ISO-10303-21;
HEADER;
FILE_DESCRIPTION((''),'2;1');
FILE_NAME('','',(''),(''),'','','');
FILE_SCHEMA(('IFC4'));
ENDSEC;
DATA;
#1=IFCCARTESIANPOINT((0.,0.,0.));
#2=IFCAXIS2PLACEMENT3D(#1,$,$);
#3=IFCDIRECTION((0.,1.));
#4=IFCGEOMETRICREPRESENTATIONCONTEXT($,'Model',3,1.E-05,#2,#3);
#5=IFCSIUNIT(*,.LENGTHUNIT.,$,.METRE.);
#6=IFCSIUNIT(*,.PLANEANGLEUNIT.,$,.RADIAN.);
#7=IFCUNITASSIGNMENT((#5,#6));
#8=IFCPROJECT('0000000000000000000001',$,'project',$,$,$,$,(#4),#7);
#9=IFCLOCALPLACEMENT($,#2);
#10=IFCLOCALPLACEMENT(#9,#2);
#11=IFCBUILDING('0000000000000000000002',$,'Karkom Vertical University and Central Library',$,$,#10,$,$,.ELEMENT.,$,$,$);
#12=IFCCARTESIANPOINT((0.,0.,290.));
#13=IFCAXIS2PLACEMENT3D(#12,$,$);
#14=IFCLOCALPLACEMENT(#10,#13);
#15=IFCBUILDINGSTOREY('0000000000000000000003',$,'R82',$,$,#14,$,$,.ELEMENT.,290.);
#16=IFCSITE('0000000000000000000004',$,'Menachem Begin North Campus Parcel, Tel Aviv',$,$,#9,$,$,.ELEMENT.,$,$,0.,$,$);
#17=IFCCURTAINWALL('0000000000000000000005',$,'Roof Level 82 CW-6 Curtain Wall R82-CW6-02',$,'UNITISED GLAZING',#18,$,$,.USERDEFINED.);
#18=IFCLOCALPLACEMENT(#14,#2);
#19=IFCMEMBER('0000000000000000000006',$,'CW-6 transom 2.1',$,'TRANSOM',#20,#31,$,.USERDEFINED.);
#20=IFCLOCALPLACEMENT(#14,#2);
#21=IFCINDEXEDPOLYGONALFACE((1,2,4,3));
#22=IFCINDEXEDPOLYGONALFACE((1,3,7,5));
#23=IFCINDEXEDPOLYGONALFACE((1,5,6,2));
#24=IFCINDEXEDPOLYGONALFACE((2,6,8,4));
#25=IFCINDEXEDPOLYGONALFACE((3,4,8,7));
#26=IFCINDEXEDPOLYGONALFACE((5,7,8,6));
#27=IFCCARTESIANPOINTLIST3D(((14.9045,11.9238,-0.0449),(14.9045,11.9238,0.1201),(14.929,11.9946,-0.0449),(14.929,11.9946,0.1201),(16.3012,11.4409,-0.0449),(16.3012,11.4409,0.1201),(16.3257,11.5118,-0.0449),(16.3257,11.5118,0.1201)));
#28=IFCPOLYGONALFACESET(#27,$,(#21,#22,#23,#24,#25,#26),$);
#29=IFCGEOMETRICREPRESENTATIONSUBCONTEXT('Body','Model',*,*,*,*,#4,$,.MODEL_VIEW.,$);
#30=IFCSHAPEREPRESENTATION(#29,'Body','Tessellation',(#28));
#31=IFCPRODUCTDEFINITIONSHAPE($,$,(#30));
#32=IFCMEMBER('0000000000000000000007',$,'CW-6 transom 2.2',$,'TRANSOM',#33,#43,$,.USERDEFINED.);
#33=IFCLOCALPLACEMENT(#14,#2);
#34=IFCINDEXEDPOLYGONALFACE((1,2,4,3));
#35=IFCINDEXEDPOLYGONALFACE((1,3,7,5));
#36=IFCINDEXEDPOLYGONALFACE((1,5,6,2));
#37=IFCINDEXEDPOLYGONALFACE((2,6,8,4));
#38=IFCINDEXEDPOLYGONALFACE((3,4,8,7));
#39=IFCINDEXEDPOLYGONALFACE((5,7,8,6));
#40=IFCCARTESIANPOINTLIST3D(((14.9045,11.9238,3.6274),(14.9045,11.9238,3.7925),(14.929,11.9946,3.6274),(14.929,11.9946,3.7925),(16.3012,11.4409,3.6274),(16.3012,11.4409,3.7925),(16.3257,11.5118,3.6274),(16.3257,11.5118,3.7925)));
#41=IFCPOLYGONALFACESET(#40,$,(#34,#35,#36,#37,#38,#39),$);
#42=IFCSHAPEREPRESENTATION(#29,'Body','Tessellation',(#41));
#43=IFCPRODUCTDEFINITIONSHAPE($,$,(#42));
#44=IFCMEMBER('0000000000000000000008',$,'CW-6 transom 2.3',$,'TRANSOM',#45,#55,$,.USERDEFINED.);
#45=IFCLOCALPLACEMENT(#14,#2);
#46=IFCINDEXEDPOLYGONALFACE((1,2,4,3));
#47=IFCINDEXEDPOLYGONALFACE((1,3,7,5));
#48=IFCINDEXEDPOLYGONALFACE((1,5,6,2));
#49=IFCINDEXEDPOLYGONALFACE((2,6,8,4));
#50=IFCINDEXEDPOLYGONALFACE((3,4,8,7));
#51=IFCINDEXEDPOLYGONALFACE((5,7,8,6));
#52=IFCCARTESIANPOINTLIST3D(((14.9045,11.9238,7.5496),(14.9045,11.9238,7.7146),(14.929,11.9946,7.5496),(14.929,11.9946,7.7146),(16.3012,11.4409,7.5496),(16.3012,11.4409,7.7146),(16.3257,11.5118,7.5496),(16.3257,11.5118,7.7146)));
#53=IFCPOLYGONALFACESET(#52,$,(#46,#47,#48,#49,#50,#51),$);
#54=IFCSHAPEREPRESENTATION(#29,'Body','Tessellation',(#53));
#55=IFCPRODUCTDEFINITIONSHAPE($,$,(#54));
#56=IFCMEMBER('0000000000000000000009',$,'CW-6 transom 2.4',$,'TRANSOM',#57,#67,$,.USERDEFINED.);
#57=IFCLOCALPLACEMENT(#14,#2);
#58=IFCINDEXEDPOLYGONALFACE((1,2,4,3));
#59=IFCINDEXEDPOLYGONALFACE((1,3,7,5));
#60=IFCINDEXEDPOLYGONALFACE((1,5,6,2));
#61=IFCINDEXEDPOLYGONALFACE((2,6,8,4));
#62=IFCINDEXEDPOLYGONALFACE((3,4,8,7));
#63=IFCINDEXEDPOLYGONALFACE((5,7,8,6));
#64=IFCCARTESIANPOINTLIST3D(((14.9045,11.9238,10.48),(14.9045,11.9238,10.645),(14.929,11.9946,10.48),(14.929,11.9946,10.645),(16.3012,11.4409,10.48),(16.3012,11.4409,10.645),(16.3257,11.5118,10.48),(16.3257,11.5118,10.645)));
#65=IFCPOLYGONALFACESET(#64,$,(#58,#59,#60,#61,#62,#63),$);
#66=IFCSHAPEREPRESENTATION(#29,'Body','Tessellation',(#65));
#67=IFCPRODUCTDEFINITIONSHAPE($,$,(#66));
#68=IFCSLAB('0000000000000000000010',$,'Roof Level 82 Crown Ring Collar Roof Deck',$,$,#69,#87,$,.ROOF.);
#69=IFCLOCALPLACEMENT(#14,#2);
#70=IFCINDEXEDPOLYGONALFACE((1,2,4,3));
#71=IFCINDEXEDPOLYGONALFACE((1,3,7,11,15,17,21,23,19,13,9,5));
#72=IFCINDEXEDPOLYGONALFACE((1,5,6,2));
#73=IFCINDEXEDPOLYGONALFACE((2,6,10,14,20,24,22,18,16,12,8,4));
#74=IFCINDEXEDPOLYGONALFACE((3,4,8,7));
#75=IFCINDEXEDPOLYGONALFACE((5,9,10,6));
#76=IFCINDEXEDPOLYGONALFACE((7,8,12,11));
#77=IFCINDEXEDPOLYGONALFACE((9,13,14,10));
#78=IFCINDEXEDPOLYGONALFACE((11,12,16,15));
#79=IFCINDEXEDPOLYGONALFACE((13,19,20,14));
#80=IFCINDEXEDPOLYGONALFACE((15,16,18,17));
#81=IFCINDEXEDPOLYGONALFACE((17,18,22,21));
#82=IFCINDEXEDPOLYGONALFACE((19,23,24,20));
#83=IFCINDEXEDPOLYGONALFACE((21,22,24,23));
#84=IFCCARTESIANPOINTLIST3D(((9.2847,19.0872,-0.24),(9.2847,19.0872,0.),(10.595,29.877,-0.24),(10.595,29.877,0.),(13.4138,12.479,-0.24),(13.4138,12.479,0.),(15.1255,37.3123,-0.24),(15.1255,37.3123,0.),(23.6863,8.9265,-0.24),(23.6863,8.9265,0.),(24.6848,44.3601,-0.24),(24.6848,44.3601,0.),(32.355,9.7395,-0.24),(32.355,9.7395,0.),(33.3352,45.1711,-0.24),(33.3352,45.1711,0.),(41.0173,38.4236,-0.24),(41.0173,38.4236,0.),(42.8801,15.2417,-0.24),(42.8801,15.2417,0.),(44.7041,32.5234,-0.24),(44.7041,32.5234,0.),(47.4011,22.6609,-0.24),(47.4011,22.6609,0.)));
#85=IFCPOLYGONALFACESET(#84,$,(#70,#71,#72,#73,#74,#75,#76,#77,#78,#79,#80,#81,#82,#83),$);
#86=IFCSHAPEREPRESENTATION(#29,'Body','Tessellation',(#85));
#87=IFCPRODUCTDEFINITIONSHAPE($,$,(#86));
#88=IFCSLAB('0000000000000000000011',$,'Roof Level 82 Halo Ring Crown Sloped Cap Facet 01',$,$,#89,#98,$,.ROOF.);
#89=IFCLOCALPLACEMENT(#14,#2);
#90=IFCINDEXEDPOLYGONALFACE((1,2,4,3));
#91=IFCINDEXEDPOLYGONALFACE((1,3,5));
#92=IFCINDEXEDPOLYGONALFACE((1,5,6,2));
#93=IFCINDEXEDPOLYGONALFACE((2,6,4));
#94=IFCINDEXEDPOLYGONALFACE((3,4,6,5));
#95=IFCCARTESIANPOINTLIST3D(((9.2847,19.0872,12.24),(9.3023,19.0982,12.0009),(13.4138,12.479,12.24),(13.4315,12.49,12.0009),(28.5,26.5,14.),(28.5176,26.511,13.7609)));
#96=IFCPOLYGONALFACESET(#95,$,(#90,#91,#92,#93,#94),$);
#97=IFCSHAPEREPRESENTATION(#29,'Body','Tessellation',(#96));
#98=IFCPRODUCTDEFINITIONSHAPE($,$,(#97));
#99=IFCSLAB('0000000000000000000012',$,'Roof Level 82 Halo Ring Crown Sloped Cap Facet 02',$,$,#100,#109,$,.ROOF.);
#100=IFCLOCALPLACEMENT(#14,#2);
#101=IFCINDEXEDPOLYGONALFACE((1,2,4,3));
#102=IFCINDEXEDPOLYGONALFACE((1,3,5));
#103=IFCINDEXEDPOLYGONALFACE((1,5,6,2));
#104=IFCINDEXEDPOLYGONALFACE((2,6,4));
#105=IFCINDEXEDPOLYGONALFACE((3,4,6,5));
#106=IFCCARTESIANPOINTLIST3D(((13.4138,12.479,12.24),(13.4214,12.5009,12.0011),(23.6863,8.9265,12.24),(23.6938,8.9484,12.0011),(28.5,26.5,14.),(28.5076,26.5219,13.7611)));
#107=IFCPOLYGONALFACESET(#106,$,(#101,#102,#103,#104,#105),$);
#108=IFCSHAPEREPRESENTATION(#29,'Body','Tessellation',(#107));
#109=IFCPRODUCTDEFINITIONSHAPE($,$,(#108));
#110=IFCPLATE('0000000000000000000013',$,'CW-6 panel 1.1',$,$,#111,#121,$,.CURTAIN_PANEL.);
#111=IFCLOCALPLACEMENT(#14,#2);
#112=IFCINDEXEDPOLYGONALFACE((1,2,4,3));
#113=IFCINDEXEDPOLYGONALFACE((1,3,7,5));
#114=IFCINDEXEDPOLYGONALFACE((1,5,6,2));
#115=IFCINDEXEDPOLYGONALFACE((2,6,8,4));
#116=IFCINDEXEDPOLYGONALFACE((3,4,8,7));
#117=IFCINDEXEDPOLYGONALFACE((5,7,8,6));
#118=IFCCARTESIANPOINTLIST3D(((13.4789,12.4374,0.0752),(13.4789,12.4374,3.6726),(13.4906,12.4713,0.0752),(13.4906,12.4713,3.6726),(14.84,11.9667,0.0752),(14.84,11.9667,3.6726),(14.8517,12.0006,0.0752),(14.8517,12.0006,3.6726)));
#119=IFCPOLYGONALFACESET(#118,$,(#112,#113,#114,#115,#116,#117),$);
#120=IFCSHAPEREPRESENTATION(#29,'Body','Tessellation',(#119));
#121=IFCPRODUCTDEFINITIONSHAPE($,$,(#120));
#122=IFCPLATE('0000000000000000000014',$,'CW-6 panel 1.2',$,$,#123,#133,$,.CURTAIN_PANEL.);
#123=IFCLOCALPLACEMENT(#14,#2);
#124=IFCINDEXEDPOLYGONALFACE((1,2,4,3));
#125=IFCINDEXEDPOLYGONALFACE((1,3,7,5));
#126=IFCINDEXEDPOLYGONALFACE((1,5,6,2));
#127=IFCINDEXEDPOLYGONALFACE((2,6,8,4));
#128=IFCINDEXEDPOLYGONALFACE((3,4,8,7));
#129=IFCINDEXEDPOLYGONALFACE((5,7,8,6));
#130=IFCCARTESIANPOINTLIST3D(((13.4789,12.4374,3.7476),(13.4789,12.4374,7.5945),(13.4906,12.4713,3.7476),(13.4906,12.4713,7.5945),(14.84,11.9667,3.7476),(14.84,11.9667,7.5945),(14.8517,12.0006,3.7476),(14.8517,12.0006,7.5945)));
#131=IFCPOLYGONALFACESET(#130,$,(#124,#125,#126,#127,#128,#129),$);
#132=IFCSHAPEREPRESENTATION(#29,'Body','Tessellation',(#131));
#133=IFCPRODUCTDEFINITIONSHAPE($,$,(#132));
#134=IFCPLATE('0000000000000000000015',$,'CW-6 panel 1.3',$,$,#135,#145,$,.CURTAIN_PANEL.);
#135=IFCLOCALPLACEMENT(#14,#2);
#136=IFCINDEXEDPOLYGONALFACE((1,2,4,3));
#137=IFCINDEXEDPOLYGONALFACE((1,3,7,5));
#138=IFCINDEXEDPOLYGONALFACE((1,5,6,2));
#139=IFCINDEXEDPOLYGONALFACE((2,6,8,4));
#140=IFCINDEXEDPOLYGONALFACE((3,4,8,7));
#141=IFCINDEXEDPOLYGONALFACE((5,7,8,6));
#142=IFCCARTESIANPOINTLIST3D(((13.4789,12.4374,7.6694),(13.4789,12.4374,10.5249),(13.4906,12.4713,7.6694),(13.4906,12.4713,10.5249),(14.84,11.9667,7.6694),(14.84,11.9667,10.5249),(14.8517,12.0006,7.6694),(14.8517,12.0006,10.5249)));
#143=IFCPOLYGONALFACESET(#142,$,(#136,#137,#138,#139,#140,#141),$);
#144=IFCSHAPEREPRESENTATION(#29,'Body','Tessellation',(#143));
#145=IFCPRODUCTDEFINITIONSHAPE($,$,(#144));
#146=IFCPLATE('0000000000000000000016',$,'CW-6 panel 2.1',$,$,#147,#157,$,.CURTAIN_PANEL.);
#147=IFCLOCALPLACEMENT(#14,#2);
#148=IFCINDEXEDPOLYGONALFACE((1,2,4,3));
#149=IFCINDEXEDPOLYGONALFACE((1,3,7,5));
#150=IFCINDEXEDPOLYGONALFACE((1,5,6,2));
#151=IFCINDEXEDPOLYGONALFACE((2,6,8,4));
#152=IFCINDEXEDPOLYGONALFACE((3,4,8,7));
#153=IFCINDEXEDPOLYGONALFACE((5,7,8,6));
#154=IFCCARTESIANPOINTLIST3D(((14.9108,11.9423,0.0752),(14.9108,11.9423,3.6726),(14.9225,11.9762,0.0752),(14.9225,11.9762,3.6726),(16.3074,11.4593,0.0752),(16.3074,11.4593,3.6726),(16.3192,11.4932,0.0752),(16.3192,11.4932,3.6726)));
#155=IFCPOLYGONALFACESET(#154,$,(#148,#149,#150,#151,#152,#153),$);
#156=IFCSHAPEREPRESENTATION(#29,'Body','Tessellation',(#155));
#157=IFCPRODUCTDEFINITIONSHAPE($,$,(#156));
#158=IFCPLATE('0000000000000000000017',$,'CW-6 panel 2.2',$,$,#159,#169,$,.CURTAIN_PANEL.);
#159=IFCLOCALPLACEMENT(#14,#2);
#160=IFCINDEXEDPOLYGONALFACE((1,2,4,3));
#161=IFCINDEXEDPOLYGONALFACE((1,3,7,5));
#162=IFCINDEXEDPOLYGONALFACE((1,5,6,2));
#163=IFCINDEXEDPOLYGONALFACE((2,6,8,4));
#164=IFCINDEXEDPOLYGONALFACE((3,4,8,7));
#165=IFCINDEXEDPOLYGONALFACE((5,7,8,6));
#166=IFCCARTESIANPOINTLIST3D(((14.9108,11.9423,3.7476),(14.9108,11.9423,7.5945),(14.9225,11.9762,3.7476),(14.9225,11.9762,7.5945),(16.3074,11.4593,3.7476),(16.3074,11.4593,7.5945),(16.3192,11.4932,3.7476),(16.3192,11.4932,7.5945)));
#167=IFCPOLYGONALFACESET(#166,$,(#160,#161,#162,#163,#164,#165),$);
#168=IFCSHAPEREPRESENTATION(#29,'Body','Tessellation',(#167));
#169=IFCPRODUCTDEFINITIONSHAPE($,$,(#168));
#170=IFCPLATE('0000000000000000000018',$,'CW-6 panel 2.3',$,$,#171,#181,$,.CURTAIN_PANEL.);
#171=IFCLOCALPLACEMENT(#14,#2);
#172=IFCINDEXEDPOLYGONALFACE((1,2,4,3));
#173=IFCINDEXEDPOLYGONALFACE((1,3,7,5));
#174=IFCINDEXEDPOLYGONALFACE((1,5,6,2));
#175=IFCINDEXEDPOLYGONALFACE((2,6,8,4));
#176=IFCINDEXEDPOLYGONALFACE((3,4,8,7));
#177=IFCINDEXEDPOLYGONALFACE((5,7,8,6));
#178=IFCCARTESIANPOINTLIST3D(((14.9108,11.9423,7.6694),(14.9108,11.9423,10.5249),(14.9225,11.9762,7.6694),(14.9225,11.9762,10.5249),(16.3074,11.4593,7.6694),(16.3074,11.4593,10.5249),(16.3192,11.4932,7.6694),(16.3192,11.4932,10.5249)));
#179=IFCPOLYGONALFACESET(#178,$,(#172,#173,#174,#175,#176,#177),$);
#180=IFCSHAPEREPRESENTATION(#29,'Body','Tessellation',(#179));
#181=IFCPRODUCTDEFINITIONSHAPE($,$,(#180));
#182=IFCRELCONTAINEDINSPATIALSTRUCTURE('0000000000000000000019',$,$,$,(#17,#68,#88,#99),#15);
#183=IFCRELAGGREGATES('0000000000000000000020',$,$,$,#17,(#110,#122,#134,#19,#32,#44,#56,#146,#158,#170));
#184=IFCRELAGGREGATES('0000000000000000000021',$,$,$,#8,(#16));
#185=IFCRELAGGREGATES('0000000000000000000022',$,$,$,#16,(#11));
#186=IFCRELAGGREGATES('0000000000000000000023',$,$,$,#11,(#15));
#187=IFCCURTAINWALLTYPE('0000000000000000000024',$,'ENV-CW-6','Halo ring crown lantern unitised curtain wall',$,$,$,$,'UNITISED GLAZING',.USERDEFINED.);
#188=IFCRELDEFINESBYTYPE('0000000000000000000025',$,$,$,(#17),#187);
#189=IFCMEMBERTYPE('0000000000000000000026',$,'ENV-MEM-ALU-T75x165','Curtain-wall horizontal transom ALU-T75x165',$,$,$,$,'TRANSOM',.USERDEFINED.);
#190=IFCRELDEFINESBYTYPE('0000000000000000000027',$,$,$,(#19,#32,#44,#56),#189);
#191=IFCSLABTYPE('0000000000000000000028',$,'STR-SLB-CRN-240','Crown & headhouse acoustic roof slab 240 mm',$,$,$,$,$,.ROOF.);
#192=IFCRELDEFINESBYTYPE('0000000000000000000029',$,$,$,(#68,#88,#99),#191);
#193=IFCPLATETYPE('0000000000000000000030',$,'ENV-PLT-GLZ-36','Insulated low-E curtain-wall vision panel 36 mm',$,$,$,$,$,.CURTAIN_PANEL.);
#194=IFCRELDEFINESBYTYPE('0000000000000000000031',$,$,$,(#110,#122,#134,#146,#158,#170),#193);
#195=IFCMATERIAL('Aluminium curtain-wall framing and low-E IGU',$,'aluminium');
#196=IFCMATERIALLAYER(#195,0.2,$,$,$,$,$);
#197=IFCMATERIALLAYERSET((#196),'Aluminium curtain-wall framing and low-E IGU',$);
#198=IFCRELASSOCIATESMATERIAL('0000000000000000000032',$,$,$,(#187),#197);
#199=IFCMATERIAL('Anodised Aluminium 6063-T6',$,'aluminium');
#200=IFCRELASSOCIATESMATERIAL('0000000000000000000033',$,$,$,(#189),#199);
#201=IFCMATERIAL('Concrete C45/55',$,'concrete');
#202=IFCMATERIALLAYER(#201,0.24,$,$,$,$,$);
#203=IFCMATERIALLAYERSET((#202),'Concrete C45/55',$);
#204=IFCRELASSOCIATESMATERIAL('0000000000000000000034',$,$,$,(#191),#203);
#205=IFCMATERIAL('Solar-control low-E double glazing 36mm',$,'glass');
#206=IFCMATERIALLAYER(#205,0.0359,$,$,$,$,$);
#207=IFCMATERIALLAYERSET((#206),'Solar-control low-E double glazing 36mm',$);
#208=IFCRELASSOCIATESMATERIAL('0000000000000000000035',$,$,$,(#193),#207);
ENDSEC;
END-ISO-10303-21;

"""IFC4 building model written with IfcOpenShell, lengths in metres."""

from ifc_helpers import new_model, si_unit, direction, frame, origin, origin_with_axes, origin_2d, place, context, subcontext, project, spatial, polyline, rectangle, outline, extrude, source, transform, mapped, material, layer, layer_set, material_profile, profile_set, type_object, element, aggregate, save


model = new_model("IFC4")

# Units and contexts
model_context = context("Model", 3, precision=1e-05, world=origin(), true_north=direction((0.0, 1.0)))
body_context = subcontext(model_context, "Body", "Model", "MODEL_VIEW")
ifc_project = project(units=[si_unit("LENGTHUNIT", "METRE"), si_unit("PLANEANGLEUNIT", "RADIAN")], contexts=[model_context])

# Site, building, storey
site_placement = place(None, origin())
site = spatial("IfcSite", under=ifc_project, at=site_placement, Name="Menachem Begin North Campus Parcel, Tel Aviv", CompositionType="ELEMENT", RefElevation=0.0)
building_placement = place(site_placement, origin())
building = spatial("IfcBuilding", under=site, at=building_placement, Name="Karkom Vertical University and Central Library", CompositionType="ELEMENT")
storey_placement = place(building_placement, frame((0.0, 0.0, 290.0)))
storey = spatial("IfcBuildingStorey", under=building, at=storey_placement, Name="R82", CompositionType="ELEMENT", Elevation=290.0)

# Shared definitions
ifc_material_1 = material(Name="Concrete C45/55", Category="concrete")

# Curtain wall, members
ifc_material_2 = material(Name="Aluminium curtain-wall framing and low-E IGU", Category="aluminium")
ifc_layer_1 = layer(ifc_material_2, 0.2)
ifc_layer_set_1 = layer_set([ifc_layer_1], Name="Aluminium curtain-wall framing and low-E IGU")
curtain_wall_type = type_object("IfcCurtainWallType", Name="ENV-CW-6", Description="Halo ring crown lantern unitised curtain wall", ElementType="UNITISED GLAZING", PredefinedType="USERDEFINED", material=ifc_layer_set_1)
curtain_wall_placement = place(storey_placement, origin())
curtain_wall = element("IfcCurtainWall", 1, at=curtain_wall_placement, inside=storey, type_object=curtain_wall_type, Name="Roof Level 82 CW-6 Curtain Wall R82-CW6-02", ObjectType="UNITISED GLAZING", PredefinedType="USERDEFINED")
ifc_material_3 = material(Name="Anodised Aluminium 6063-T6", Category="aluminium")
ifc_material_profile_1 = material_profile(ifc_material_3, rectangle(XDim=0.075, YDim=0.165, at=origin_2d()), Name="ALU-T75x165")
ifc_profile_set_1 = profile_set([ifc_material_profile_1], Name="Anodised Aluminium 6063-T6")
member_type_1 = type_object("IfcMemberType", Name="ENV-MEM-ALU-T75x165", Description="Curtain-wall horizontal transom ALU-T75x165", ElementType="TRANSOM", PredefinedType="USERDEFINED", material=ifc_profile_set_1)
shared_shape_1 = source(origin_with_axes(), body_context, "Body", "SweptSolid", [
    extrude(rectangle(XDim=0.075, YDim=0.165, at=origin_2d()), origin(), (0.0, 0.0, 1.0), 1.4778),
])
member_1_placement = place(storey_placement, frame((14.9167, 11.9592, 0.0376), z_axis=(0.945106, -0.326764, 0.0), x_axis=(0.326764, 0.945106, 0.0)))
member_1 = element("IfcMember", 2, at=member_1_placement, type_object=member_type_1, Name="CW-6 transom 2.1", ObjectType="TRANSOM", PredefinedType="USERDEFINED", context=body_context, shape_type="MappedRepresentation", body=[
    mapped(shared_shape_1, transform((0.0, 0.0, 0.0), scale=1.0)),
])
member_2_placement = place(storey_placement, frame((14.9167, 11.9592, 3.71), z_axis=(0.945106, -0.326764, 0.0), x_axis=(0.326764, 0.945106, 0.0)))
member_2 = element("IfcMember", 3, at=member_2_placement, type_object=member_type_1, Name="CW-6 transom 2.2", ObjectType="TRANSOM", PredefinedType="USERDEFINED", context=body_context, shape_type="MappedRepresentation", body=[
    mapped(shared_shape_1, transform((0.0, 0.0, 0.0), scale=1.0)),
])
member_3_placement = place(storey_placement, frame((14.9167, 11.9592, 7.6321), z_axis=(0.945106, -0.326764, 0.0), x_axis=(0.326764, 0.945106, 0.0)))
member_3 = element("IfcMember", 4, at=member_3_placement, type_object=member_type_1, Name="CW-6 transom 2.3", ObjectType="TRANSOM", PredefinedType="USERDEFINED", context=body_context, shape_type="MappedRepresentation", body=[
    mapped(shared_shape_1, transform((0.0, 0.0, 0.0), scale=1.0)),
])
member_4_placement = place(storey_placement, frame((14.9167, 11.9592, 10.5625), z_axis=(0.945106, -0.326764, 0.0), x_axis=(0.326764, 0.945106, 0.0)))
member_4 = element("IfcMember", 5, at=member_4_placement, type_object=member_type_1, Name="CW-6 transom 2.4", ObjectType="TRANSOM", PredefinedType="USERDEFINED", context=body_context, shape_type="MappedRepresentation", body=[
    mapped(shared_shape_1, transform((0.0, 0.0, 0.0), scale=1.0)),
])

# Slabs
ifc_layer_2 = layer(ifc_material_1, 0.24)
ifc_layer_set_2 = layer_set([ifc_layer_2], Name="Concrete C45/55")
slab_type = type_object("IfcSlabType", Name="STR-SLB-CRN-240", Description="Crown & headhouse acoustic roof slab 240 mm", PredefinedType="ROOF", material=ifc_layer_set_2)
slab_1_placement = place(storey_placement, frame((0.0, 0.0, -0.24)))
element("IfcSlab", 6, at=slab_1_placement, inside=storey, type_object=slab_type, Name="Roof Level 82 Crown Ring Collar Roof Deck", PredefinedType="ROOF", context=body_context, shape_type="SweptSolid", body=[
    extrude(outline(polyline([(9.2847, 19.0872), (13.4138, 12.479), (23.6863, 8.9265), (32.355, 9.7395), (42.8801, 15.2417), (47.4011, 22.6609), (44.7041, 32.5234), (41.0173, 38.4236), (33.3352, 45.1711), (24.6848, 44.3601), (15.1255, 37.3123), (10.595, 29.877), (9.2847, 19.0872)])), origin(), (0.0, 0.0, 1.0), 0.24),
])
slab_2_placement = place(storey_placement, frame((9.2847, 19.0872, 12.24), z_axis=(-0.073525, -0.045943, 0.996235), x_axis=(0.529912, -0.848053, 0.0)))
element("IfcSlab", 7, at=slab_2_placement, inside=storey, type_object=slab_type, Name="Roof Level 82 Halo Ring Crown Sloped Cap Facet 01", PredefinedType="ROOF", context=body_context, shape_type="SweptSolid", body=[
    extrude(outline(polyline([(0.0, 0.0), (7.7921, 0.0), (3.8959, 20.3002), (0.0, 0.0)])), origin(), (0.0, 0.0, -1.0), 0.24),
])
slab_3_placement = place(storey_placement, frame((13.4138, 12.479, 12.24), z_axis=(-0.031491, -0.09106, 0.995347), x_axis=(0.945082, -0.326834, 0.0)))
element("IfcSlab", 8, at=slab_3_placement, inside=storey, type_object=slab_type, Name="Roof Level 82 Halo Ring Crown Sloped Cap Facet 02", PredefinedType="ROOF", context=body_context, shape_type="SweptSolid", body=[
    extrude(outline(polyline([(0.0, 0.0), (10.8694, 0.0), (9.6751, 18.2667), (0.0, 0.0)])), origin(), (0.0, 0.0, -1.0), 0.24),
])

# Plates
ifc_material_4 = material(Name="Solar-control low-E double glazing 36mm", Category="glass")
ifc_layer_3 = layer(ifc_material_4, 0.0359)
ifc_layer_set_3 = layer_set([ifc_layer_3], Name="Solar-control low-E double glazing 36mm")
plate_type = type_object("IfcPlateType", Name="ENV-PLT-GLZ-36", Description="Insulated low-E curtain-wall vision panel 36 mm", PredefinedType="CURTAIN_PANEL", material=ifc_layer_set_3)
shared_shape_2 = source(origin_with_axes(), body_context, "Body", "SweptSolid", [
    extrude(rectangle(XDim=1.4402, YDim=0.0359, at=origin_2d()), origin(), (0.0, 0.0, 1.0), 3.5974),
])
plate_1_placement = place(storey_placement, frame((14.1653, 12.219, 0.0752), z_axis=(0.0, 0.0, 1.0), x_axis=(0.945085, -0.326823, 0.0)))
plate_1 = element("IfcPlate", 9, at=plate_1_placement, type_object=plate_type, Name="CW-6 panel 1.1", PredefinedType="CURTAIN_PANEL", context=body_context, shape_type="MappedRepresentation", body=[
    mapped(shared_shape_2, transform((0.0, 0.0, 0.0), scale=1.0)),
])
shared_shape_3 = source(origin_with_axes(), body_context, "Body", "SweptSolid", [
    extrude(rectangle(XDim=1.4402, YDim=0.0359, at=origin_2d()), origin(), (0.0, 0.0, 1.0), 3.8469),
])
plate_2_placement = place(storey_placement, frame((14.1653, 12.219, 3.7476), z_axis=(0.0, 0.0, 1.0), x_axis=(0.945085, -0.326823, 0.0)))
plate_2 = element("IfcPlate", 10, at=plate_2_placement, type_object=plate_type, Name="CW-6 panel 1.2", PredefinedType="CURTAIN_PANEL", context=body_context, shape_type="MappedRepresentation", body=[
    mapped(shared_shape_3, transform((0.0, 0.0, 0.0), scale=1.0)),
])
shared_shape_4 = source(origin_with_axes(), body_context, "Body", "SweptSolid", [
    extrude(rectangle(XDim=1.4402, YDim=0.0359, at=origin_2d()), origin(), (0.0, 0.0, 1.0), 2.8555),
])
plate_3_placement = place(storey_placement, frame((14.1653, 12.219, 7.6694), z_axis=(0.0, 0.0, 1.0), x_axis=(0.945085, -0.326823, 0.0)))
plate_3 = element("IfcPlate", 11, at=plate_3_placement, type_object=plate_type, Name="CW-6 panel 1.3", PredefinedType="CURTAIN_PANEL", context=body_context, shape_type="MappedRepresentation", body=[
    mapped(shared_shape_4, transform((0.0, 0.0, 0.0), scale=1.0)),
])
shared_shape_5 = source(origin_with_axes(), body_context, "Body", "SweptSolid", [
    extrude(rectangle(XDim=1.4778, YDim=0.0359, at=origin_2d()), origin(), (0.0, 0.0, 1.0), 3.5974),
])
plate_4_placement = place(storey_placement, frame((15.615, 11.7178, 0.0752), z_axis=(0.0, 0.0, 1.0), x_axis=(0.945085, -0.326823, 0.0)))
plate_4 = element("IfcPlate", 12, at=plate_4_placement, type_object=plate_type, Name="CW-6 panel 2.1", PredefinedType="CURTAIN_PANEL", context=body_context, shape_type="MappedRepresentation", body=[
    mapped(shared_shape_5, transform((0.0, 0.0, 0.0), scale=1.0)),
])
shared_shape_6 = source(origin_with_axes(), body_context, "Body", "SweptSolid", [
    extrude(rectangle(XDim=1.4778, YDim=0.0359, at=origin_2d()), origin(), (0.0, 0.0, 1.0), 3.8469),
])
plate_5_placement = place(storey_placement, frame((15.615, 11.7178, 3.7476), z_axis=(0.0, 0.0, 1.0), x_axis=(0.945085, -0.326823, 0.0)))
plate_5 = element("IfcPlate", 13, at=plate_5_placement, type_object=plate_type, Name="CW-6 panel 2.2", PredefinedType="CURTAIN_PANEL", context=body_context, shape_type="MappedRepresentation", body=[
    mapped(shared_shape_6, transform((0.0, 0.0, 0.0), scale=1.0)),
])
shared_shape_7 = source(origin_with_axes(), body_context, "Body", "SweptSolid", [
    extrude(rectangle(XDim=1.4778, YDim=0.0359, at=origin_2d()), origin(), (0.0, 0.0, 1.0), 2.8555),
])
plate_6_placement = place(storey_placement, frame((15.615, 11.7178, 7.6694), z_axis=(0.0, 0.0, 1.0), x_axis=(0.945085, -0.326823, 0.0)))
plate_6 = element("IfcPlate", 14, at=plate_6_placement, type_object=plate_type, Name="CW-6 panel 2.3", PredefinedType="CURTAIN_PANEL", context=body_context, shape_type="MappedRepresentation", body=[
    mapped(shared_shape_7, transform((0.0, 0.0, 0.0), scale=1.0)),
])
aggregate(curtain_wall, [plate_1, plate_2, plate_3, member_1, member_2, member_3, member_4, plate_4, plate_5, plate_6])

save(model, "model.ifc")
